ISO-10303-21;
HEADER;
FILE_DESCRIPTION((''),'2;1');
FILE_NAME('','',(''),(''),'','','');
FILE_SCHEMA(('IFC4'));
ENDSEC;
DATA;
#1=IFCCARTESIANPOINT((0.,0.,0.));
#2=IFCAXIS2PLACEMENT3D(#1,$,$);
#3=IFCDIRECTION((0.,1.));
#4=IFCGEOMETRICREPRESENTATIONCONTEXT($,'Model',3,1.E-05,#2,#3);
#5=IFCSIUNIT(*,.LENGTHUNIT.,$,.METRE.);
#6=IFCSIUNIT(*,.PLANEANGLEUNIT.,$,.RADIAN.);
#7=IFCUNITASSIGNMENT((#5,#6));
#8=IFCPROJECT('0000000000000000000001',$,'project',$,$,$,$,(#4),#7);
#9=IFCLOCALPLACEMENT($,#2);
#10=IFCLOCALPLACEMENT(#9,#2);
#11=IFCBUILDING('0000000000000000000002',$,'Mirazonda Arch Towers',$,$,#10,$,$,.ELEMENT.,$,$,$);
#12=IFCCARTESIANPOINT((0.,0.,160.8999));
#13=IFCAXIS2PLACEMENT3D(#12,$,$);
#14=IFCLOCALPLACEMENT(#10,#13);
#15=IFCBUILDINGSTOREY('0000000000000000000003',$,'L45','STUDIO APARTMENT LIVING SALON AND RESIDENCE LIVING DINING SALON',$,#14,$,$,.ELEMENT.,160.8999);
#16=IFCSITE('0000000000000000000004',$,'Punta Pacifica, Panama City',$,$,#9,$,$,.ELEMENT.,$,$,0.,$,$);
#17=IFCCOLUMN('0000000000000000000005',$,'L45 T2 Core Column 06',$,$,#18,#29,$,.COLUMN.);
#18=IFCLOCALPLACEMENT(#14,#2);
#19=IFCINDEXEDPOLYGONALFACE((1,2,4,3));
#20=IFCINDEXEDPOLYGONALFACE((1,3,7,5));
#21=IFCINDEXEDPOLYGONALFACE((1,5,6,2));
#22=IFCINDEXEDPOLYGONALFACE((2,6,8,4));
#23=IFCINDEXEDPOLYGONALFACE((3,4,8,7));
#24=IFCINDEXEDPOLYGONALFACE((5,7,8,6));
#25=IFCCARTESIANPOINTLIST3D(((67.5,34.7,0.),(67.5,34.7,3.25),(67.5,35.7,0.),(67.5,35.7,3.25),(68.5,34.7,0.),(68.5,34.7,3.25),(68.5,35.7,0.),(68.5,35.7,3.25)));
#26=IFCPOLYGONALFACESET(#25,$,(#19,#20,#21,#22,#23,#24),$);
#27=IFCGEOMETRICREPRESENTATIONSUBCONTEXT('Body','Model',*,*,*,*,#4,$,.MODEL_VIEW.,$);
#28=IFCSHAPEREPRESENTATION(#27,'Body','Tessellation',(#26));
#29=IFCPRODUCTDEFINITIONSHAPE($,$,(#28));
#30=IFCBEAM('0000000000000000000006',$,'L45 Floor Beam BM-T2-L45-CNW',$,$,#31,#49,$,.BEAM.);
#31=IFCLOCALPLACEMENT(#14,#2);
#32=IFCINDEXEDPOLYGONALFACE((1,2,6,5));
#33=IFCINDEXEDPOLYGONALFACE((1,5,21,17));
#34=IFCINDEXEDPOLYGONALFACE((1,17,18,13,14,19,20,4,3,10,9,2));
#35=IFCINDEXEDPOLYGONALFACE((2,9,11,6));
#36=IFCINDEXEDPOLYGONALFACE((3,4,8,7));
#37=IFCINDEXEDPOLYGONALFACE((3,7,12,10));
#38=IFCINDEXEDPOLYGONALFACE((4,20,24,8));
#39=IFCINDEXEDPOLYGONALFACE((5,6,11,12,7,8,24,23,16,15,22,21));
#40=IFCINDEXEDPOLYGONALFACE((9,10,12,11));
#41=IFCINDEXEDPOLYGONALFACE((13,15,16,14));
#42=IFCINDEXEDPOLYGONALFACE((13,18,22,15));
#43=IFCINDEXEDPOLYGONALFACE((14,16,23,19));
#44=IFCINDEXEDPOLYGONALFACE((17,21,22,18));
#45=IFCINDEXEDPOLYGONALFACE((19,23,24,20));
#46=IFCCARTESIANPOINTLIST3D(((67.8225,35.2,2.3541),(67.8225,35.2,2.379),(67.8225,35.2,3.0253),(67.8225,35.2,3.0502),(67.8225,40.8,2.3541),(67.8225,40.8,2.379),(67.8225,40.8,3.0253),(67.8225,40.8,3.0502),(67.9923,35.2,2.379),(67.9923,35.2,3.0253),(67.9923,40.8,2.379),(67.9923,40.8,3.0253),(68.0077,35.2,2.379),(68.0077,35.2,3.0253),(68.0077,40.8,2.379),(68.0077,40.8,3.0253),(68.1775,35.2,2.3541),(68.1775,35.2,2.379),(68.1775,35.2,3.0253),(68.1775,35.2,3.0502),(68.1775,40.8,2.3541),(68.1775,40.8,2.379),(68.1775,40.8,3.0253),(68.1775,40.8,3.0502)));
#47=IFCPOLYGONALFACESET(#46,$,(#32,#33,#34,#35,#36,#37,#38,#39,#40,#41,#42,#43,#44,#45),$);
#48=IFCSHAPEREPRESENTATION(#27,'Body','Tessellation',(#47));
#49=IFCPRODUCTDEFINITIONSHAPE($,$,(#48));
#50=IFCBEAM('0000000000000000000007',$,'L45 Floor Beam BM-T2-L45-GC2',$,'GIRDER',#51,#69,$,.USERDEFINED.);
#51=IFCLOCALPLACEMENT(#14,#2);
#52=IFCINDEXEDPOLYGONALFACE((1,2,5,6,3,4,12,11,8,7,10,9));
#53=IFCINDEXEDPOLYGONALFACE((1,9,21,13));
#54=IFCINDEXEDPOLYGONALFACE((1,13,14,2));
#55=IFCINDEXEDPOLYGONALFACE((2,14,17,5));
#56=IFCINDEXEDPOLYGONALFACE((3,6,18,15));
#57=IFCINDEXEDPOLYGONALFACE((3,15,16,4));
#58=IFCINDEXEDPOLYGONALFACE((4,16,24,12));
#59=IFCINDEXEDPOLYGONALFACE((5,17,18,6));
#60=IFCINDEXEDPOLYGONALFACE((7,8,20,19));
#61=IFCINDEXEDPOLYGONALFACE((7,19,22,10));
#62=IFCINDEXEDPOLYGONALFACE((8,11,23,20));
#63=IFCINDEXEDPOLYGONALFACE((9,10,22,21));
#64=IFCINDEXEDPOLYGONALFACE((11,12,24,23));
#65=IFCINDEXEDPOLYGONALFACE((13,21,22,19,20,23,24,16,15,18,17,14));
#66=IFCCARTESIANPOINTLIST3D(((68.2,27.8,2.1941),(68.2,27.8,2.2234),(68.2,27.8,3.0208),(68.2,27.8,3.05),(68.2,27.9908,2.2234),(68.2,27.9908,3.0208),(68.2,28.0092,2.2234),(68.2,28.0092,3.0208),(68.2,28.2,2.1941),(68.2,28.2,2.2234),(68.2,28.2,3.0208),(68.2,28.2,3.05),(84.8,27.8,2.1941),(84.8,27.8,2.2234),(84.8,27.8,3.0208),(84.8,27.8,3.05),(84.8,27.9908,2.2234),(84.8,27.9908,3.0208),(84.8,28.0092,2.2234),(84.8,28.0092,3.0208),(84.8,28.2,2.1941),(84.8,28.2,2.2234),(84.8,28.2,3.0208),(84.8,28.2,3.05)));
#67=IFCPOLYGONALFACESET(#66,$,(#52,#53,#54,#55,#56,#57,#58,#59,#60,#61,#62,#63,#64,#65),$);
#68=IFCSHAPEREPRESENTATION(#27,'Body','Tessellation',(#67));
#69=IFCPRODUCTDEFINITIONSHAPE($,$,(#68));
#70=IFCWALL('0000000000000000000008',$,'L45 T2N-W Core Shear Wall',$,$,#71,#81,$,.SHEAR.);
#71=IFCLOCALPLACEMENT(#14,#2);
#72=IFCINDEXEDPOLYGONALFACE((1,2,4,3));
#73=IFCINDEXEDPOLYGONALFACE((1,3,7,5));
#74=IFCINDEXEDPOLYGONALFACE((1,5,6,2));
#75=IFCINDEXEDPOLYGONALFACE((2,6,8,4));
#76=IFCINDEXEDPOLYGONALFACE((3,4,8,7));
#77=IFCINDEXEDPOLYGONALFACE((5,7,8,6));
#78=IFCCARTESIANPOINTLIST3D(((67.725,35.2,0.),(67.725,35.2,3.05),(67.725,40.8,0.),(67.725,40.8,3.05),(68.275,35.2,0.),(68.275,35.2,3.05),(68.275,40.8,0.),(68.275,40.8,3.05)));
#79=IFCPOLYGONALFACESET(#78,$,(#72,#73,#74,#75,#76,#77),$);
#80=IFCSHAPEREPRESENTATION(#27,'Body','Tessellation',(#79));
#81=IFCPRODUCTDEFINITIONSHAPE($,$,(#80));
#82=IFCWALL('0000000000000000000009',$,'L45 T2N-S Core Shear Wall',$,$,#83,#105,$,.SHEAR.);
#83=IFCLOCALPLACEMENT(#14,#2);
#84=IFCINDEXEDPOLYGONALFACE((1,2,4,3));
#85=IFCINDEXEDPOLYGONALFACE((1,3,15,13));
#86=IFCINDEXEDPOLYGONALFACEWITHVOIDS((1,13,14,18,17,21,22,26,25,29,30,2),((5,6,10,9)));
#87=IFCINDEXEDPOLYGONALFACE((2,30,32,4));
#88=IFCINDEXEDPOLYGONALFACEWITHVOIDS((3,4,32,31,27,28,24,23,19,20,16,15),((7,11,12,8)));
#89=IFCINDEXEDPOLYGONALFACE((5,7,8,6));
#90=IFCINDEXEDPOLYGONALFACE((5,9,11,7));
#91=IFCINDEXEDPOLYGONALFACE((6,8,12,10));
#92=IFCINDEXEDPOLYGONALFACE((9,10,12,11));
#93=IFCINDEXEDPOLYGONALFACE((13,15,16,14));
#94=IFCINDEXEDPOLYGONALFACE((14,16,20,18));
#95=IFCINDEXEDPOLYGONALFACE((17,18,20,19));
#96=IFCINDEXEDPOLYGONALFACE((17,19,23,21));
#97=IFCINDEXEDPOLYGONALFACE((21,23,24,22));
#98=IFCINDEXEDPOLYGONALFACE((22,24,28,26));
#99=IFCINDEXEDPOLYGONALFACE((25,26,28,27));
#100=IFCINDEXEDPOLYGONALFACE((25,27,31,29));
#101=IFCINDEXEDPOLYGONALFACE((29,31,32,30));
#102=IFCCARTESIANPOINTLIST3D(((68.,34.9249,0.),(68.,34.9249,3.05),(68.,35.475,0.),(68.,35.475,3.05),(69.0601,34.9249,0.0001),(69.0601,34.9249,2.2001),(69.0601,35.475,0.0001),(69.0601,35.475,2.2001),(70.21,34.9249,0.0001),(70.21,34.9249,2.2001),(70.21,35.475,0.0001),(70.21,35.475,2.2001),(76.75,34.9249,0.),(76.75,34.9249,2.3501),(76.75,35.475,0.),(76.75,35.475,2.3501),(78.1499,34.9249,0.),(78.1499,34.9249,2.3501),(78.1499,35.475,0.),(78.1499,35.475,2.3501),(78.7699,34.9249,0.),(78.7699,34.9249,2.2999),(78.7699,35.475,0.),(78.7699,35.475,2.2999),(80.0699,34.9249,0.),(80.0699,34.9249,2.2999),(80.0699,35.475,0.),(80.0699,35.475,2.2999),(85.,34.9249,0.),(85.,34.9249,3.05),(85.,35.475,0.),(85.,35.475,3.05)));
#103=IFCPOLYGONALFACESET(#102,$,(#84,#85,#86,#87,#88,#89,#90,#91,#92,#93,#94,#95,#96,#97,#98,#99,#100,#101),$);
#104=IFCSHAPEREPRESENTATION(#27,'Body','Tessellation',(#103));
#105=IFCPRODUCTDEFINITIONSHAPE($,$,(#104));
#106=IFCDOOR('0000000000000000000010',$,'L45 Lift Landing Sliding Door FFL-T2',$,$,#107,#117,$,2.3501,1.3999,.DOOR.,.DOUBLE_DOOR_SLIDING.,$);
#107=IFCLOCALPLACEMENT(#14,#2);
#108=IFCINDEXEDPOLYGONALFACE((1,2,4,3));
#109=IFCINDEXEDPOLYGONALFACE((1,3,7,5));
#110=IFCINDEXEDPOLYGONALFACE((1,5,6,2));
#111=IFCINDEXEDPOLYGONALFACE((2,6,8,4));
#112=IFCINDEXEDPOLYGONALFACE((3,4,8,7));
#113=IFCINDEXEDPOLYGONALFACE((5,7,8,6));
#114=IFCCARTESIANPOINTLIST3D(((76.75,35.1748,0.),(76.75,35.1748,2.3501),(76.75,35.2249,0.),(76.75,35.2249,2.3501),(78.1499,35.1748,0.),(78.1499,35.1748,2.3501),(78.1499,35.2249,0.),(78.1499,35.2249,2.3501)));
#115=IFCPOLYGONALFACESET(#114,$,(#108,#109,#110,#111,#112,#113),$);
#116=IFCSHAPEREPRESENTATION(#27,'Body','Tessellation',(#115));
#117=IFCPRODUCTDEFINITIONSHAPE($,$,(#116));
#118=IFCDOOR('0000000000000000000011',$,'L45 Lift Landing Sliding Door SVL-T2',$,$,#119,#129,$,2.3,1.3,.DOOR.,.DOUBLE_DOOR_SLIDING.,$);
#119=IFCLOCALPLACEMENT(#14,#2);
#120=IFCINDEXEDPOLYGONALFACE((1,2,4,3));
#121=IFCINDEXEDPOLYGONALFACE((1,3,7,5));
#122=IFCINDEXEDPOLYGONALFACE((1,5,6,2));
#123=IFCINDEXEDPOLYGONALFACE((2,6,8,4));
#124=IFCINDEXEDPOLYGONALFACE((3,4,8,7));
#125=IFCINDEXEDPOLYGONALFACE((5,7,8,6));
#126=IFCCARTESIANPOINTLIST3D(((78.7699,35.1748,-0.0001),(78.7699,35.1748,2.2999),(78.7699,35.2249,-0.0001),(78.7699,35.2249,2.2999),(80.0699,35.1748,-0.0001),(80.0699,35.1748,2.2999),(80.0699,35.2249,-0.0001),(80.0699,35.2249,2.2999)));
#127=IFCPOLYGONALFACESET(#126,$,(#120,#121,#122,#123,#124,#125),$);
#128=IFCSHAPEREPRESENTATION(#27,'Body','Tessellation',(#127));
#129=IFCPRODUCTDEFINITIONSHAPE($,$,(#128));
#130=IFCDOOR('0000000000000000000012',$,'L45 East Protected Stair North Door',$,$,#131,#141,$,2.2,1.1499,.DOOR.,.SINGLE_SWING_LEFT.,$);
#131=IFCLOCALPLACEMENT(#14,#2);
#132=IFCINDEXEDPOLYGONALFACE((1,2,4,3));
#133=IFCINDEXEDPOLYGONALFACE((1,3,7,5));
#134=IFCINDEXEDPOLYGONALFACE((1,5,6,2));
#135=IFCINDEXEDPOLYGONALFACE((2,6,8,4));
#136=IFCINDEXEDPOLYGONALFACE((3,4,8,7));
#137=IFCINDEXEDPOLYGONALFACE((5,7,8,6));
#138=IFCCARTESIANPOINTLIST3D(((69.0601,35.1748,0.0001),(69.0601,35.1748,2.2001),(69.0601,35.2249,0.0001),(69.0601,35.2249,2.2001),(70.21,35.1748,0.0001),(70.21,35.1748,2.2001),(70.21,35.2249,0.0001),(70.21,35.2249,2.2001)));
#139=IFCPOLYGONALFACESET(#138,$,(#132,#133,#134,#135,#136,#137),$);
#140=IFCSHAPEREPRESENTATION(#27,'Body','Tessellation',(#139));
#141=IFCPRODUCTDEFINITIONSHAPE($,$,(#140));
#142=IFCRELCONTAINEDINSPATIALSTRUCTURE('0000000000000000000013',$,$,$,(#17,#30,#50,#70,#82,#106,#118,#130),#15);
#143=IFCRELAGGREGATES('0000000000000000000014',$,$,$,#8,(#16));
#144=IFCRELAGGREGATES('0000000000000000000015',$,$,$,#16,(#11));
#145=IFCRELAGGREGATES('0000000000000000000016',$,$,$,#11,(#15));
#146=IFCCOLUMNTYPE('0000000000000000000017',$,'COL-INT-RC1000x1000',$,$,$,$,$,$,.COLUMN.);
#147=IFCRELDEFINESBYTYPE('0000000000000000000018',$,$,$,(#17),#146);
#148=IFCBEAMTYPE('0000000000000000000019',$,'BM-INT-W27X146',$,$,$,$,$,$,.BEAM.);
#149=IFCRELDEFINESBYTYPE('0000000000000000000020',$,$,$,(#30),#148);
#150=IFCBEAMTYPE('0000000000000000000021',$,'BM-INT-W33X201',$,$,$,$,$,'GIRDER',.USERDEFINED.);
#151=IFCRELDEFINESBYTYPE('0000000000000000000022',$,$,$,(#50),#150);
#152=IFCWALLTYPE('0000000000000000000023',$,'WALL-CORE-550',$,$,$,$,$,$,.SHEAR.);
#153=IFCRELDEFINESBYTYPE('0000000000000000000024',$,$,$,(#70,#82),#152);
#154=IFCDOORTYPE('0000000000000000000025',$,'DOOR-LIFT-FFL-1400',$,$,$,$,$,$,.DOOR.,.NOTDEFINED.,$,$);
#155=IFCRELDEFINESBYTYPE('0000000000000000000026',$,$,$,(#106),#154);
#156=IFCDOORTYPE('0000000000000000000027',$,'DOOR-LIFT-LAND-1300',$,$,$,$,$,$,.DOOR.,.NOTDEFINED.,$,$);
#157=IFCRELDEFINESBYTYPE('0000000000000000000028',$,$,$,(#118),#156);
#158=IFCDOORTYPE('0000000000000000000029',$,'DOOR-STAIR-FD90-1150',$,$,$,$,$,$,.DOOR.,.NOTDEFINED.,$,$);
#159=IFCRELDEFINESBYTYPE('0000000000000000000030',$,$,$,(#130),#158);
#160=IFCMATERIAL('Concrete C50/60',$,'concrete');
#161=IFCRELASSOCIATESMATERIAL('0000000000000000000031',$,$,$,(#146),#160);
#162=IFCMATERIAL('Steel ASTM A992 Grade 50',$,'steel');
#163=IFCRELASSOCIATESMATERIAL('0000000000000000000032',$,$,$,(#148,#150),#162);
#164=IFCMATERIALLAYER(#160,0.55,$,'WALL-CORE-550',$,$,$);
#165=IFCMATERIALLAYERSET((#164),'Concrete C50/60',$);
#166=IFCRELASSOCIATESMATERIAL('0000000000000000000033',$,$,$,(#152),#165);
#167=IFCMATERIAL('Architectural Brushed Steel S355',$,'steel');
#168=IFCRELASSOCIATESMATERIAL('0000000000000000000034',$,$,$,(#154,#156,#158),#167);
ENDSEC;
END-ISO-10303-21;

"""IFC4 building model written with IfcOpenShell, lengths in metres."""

from ifc_helpers import new_model, si_unit, direction, frame, frame_2d, origin, origin_2d, place, context, subcontext, project, spatial, rectangle, i_section, extrude, material, layer, layer_set, material_profile, profile_set, type_object, element, fill, save


model = new_model("IFC4")

# Units and contexts
model_context = context("Model", 3, precision=1e-05, world=origin(), true_north=direction((0.0, 1.0)))
body_context = subcontext(model_context, "Body", "Model", "MODEL_VIEW")
ifc_project = project(units=[si_unit("LENGTHUNIT", "METRE"), si_unit("PLANEANGLEUNIT", "RADIAN")], contexts=[model_context])

# Site, building, storey
site_placement = place(None, origin())
site = spatial("IfcSite", under=ifc_project, at=site_placement, Name="Punta Pacifica, Panama City", CompositionType="ELEMENT", RefElevation=0.0)
building_placement = place(site_placement, origin())
building = spatial("IfcBuilding", under=site, at=building_placement, Name="Mirazonda Arch Towers", CompositionType="ELEMENT")
storey_placement = place(building_placement, frame((0.0, 0.0, 160.8999)))
storey = spatial("IfcBuildingStorey", under=building, at=storey_placement, Name="L45", Description="STUDIO APARTMENT LIVING SALON AND RESIDENCE LIVING DINING SALON", CompositionType="ELEMENT", Elevation=160.8999)

# Column
ifc_material_1 = material(Name="Concrete C50/60", Category="concrete")
ifc_material_profile_1 = material_profile(ifc_material_1, rectangle(XDim=1.0, YDim=1.0, at=origin_2d()), Name="RC1000x1000")
ifc_profile_set_1 = profile_set([ifc_material_profile_1], Name="Concrete C50/60")
column_type = type_object("IfcColumnType", Name="COL-INT-RC1000x1000", PredefinedType="COLUMN", material=ifc_profile_set_1)
column_placement = place(storey_placement, frame((68.0, 35.2, 0.0), z_axis=(0.0, 0.0, 1.0), x_axis=(1.0, 0.0, 0.0)))
element("IfcColumn", 1, at=column_placement, inside=storey, type_object=column_type, Name="L45 T2 Core Column 06", PredefinedType="COLUMN", context=body_context, shape_type="SweptSolid", body=[
    extrude(rectangle(XDim=1.0, YDim=1.0, at=origin_2d()), origin(), (0.0, 0.0, 1.0), 3.25),
])

# Beams
ifc_material_2 = material(Name="Steel ASTM A992 Grade 50", Category="steel")
ifc_material_profile_2 = material_profile(ifc_material_2, i_section(OverallWidth=0.355, OverallDepth=0.696, WebThickness=0.0154, FlangeThickness=0.0249, at=origin_2d()), Name="W27X146")
ifc_profile_set_2 = profile_set([ifc_material_profile_2], Name="Steel ASTM A992 Grade 50")
beam_type_1 = type_object("IfcBeamType", Name="BM-INT-W27X146", PredefinedType="BEAM", material=ifc_profile_set_2)
beam_1_placement = place(storey_placement, frame((68.0, 35.2, 2.7021), z_axis=(0.0, 1.0, 0.0), x_axis=(-1.0, 0.0, 0.0)))
element("IfcBeam", 2, at=beam_1_placement, inside=storey, type_object=beam_type_1, Name="L45 Floor Beam BM-T2-L45-CNW", PredefinedType="BEAM", context=body_context, shape_type="SweptSolid", body=[
    extrude(i_section(OverallWidth=0.355, OverallDepth=0.696, WebThickness=0.0154, FlangeThickness=0.0249, at=origin_2d()), origin(), (0.0, 0.0, 1.0), 5.6001),
])
ifc_material_profile_3 = material_profile(ifc_material_2, i_section(OverallWidth=0.3999, OverallDepth=0.856, WebThickness=0.0183, FlangeThickness=0.0293, at=origin_2d()), Name="W33X201")
ifc_profile_set_3 = profile_set([ifc_material_profile_3], Name="Steel ASTM A992 Grade 50")
beam_type_2 = type_object("IfcBeamType", Name="BM-INT-W33X201", ElementType="GIRDER", PredefinedType="USERDEFINED", material=ifc_profile_set_3)
beam_2_placement = place(storey_placement, frame((68.2, 28.0, 2.6221), z_axis=(1.0, 0.0, 0.0), x_axis=(0.0, 1.0, 0.0)))
element("IfcBeam", 3, at=beam_2_placement, inside=storey, type_object=beam_type_2, Name="L45 Floor Beam BM-T2-L45-GC2", ObjectType="GIRDER", PredefinedType="USERDEFINED", context=body_context, shape_type="SweptSolid", body=[
    extrude(i_section(OverallWidth=0.3999, OverallDepth=0.856, WebThickness=0.0183, FlangeThickness=0.0293, at=origin_2d()), origin(), (0.0, 0.0, 1.0), 16.6001),
])

# Wall
ifc_layer_1 = layer(ifc_material_1, 0.55, Name="WALL-CORE-550")
ifc_layer_set_1 = layer_set([ifc_layer_1], Name="Concrete C50/60")
wall_type_1 = type_object("IfcWallType", Name="WALL-CORE-550", PredefinedType="SHEAR", material=ifc_layer_set_1)
wall_1_placement = place(storey_placement, frame((68.0, 35.2, 0.0), z_axis=(0.0, 0.0, 1.0), x_axis=(0.0, 1.0, 0.0)))
element("IfcWall", 4, at=wall_1_placement, inside=storey, type_object=wall_type_1, Name="L45 T2N-W Core Shear Wall", PredefinedType="SHEAR", context=body_context, shape_type="SweptSolid", body=[
    extrude(rectangle(XDim=5.6001, YDim=0.55, at=frame_2d((2.8, 0.0))), origin(), (0.0, 0.0, 1.0), 3.05),
])

# Wall, openings, doors
wall_2_placement = place(storey_placement, frame((68.0, 35.2, 0.0), z_axis=(0.0, 0.0, 1.0), x_axis=(1.0, 0.0, 0.0)))
wall_2 = element("IfcWall", 5, at=wall_2_placement, inside=storey, type_object=wall_type_1, Name="L45 T2N-S Core Shear Wall", PredefinedType="SHEAR", context=body_context, shape_type="SweptSolid", body=[
    extrude(rectangle(XDim=17.0, YDim=0.55, at=frame_2d((8.5, 0.0))), origin(), (0.0, 0.0, 1.0), 3.05),
])
opening_1_placement = place(wall_2_placement, frame((1.0601, 0.0, 0.0)))
opening_1 = element("IfcOpeningElement", 6, at=opening_1_placement, cuts=wall_2, PredefinedType="OPENING", context=body_context, shape_type="SweptSolid", body=[
    extrude(rectangle(XDim=1.1499, YDim=2.2, at=frame_2d((0.575, 1.1001))), frame((0.0, 0.2849, 0.0), z_axis=(0.0, -1.0, 0.0), x_axis=(1.0, 0.0, 0.0)), (0.0, 0.0, 1.0), 0.5701),
])
opening_2_placement = place(wall_2_placement, frame((8.75, 0.0, 0.0)))
opening_2 = element("IfcOpeningElement", 7, at=opening_2_placement, cuts=wall_2, PredefinedType="OPENING", context=body_context, shape_type="SweptSolid", body=[
    extrude(rectangle(XDim=1.3999, YDim=2.3501, at=frame_2d((0.7, 1.175))), frame((0.0, 0.2849, 0.0), z_axis=(0.0, -1.0, 0.0), x_axis=(1.0, 0.0, 0.0)), (0.0, 0.0, 1.0), 0.5701),
])
opening_3_placement = place(wall_2_placement, frame((10.77, 0.0, 0.0)))
opening_3 = element("IfcOpeningElement", 8, at=opening_3_placement, cuts=wall_2, PredefinedType="OPENING", context=body_context, shape_type="SweptSolid", body=[
    extrude(rectangle(XDim=1.3, YDim=2.3, at=frame_2d((0.6499, 1.1499))), frame((0.0, 0.2849, 0.0), z_axis=(0.0, -1.0, 0.0), x_axis=(1.0, 0.0, 0.0)), (0.0, 0.0, 1.0), 0.5701),
])
ifc_material_3 = material(Name="Architectural Brushed Steel S355", Category="steel")
door_type_1 = type_object("IfcDoorType", Name="DOOR-LIFT-FFL-1400", OperationType="NOTDEFINED", PredefinedType="DOOR", material=ifc_material_3)
door_1_placement = place(opening_2_placement, origin())
door_1 = element("IfcDoor", 9, at=door_1_placement, inside=storey, type_object=door_type_1, Name="L45 Lift Landing Sliding Door FFL-T2", OperationType="DOUBLE_DOOR_SLIDING", OverallHeight=2.3501, OverallWidth=1.3999, PredefinedType="DOOR", context=body_context, shape_type="SweptSolid", body=[
    extrude(rectangle(XDim=1.3999, YDim=2.3501, at=frame_2d((0.7, 1.175))), frame((0.0, 0.0249, 0.0), z_axis=(0.0, -1.0, 0.0), x_axis=(1.0, 0.0, 0.0)), (0.0, 0.0, 1.0), 0.05),
])
fill(opening_2, door_1)
door_type_2 = type_object("IfcDoorType", Name="DOOR-LIFT-LAND-1300", OperationType="NOTDEFINED", PredefinedType="DOOR", material=ifc_material_3)
door_2_placement = place(opening_3_placement, origin())
door_2 = element("IfcDoor", 10, at=door_2_placement, inside=storey, type_object=door_type_2, Name="L45 Lift Landing Sliding Door SVL-T2", OperationType="DOUBLE_DOOR_SLIDING", OverallHeight=2.3, OverallWidth=1.3, PredefinedType="DOOR", context=body_context, shape_type="SweptSolid", body=[
    extrude(rectangle(XDim=1.3, YDim=2.3, at=frame_2d((0.6499, 1.1499))), frame((0.0, 0.0249, 0.0), z_axis=(0.0, -1.0, 0.0), x_axis=(1.0, 0.0, 0.0)), (0.0, 0.0, 1.0), 0.05),
])
fill(opening_3, door_2)
door_type_3 = type_object("IfcDoorType", Name="DOOR-STAIR-FD90-1150", OperationType="NOTDEFINED", PredefinedType="DOOR", material=ifc_material_3)
door_3_placement = place(opening_1_placement, origin())
door_3 = element("IfcDoor", 11, at=door_3_placement, inside=storey, type_object=door_type_3, Name="L45 East Protected Stair North Door", OperationType="SINGLE_SWING_LEFT", OverallHeight=2.2, OverallWidth=1.1499, PredefinedType="DOOR", context=body_context, shape_type="SweptSolid", body=[
    extrude(rectangle(XDim=1.1499, YDim=2.2, at=frame_2d((0.575, 1.1001))), frame((0.0, 0.0249, 0.0), z_axis=(0.0, -1.0, 0.0), x_axis=(1.0, 0.0, 0.0)), (0.0, 0.0, 1.0), 0.05),
])
fill(opening_1, door_3)

save(model, "model.ifc")
